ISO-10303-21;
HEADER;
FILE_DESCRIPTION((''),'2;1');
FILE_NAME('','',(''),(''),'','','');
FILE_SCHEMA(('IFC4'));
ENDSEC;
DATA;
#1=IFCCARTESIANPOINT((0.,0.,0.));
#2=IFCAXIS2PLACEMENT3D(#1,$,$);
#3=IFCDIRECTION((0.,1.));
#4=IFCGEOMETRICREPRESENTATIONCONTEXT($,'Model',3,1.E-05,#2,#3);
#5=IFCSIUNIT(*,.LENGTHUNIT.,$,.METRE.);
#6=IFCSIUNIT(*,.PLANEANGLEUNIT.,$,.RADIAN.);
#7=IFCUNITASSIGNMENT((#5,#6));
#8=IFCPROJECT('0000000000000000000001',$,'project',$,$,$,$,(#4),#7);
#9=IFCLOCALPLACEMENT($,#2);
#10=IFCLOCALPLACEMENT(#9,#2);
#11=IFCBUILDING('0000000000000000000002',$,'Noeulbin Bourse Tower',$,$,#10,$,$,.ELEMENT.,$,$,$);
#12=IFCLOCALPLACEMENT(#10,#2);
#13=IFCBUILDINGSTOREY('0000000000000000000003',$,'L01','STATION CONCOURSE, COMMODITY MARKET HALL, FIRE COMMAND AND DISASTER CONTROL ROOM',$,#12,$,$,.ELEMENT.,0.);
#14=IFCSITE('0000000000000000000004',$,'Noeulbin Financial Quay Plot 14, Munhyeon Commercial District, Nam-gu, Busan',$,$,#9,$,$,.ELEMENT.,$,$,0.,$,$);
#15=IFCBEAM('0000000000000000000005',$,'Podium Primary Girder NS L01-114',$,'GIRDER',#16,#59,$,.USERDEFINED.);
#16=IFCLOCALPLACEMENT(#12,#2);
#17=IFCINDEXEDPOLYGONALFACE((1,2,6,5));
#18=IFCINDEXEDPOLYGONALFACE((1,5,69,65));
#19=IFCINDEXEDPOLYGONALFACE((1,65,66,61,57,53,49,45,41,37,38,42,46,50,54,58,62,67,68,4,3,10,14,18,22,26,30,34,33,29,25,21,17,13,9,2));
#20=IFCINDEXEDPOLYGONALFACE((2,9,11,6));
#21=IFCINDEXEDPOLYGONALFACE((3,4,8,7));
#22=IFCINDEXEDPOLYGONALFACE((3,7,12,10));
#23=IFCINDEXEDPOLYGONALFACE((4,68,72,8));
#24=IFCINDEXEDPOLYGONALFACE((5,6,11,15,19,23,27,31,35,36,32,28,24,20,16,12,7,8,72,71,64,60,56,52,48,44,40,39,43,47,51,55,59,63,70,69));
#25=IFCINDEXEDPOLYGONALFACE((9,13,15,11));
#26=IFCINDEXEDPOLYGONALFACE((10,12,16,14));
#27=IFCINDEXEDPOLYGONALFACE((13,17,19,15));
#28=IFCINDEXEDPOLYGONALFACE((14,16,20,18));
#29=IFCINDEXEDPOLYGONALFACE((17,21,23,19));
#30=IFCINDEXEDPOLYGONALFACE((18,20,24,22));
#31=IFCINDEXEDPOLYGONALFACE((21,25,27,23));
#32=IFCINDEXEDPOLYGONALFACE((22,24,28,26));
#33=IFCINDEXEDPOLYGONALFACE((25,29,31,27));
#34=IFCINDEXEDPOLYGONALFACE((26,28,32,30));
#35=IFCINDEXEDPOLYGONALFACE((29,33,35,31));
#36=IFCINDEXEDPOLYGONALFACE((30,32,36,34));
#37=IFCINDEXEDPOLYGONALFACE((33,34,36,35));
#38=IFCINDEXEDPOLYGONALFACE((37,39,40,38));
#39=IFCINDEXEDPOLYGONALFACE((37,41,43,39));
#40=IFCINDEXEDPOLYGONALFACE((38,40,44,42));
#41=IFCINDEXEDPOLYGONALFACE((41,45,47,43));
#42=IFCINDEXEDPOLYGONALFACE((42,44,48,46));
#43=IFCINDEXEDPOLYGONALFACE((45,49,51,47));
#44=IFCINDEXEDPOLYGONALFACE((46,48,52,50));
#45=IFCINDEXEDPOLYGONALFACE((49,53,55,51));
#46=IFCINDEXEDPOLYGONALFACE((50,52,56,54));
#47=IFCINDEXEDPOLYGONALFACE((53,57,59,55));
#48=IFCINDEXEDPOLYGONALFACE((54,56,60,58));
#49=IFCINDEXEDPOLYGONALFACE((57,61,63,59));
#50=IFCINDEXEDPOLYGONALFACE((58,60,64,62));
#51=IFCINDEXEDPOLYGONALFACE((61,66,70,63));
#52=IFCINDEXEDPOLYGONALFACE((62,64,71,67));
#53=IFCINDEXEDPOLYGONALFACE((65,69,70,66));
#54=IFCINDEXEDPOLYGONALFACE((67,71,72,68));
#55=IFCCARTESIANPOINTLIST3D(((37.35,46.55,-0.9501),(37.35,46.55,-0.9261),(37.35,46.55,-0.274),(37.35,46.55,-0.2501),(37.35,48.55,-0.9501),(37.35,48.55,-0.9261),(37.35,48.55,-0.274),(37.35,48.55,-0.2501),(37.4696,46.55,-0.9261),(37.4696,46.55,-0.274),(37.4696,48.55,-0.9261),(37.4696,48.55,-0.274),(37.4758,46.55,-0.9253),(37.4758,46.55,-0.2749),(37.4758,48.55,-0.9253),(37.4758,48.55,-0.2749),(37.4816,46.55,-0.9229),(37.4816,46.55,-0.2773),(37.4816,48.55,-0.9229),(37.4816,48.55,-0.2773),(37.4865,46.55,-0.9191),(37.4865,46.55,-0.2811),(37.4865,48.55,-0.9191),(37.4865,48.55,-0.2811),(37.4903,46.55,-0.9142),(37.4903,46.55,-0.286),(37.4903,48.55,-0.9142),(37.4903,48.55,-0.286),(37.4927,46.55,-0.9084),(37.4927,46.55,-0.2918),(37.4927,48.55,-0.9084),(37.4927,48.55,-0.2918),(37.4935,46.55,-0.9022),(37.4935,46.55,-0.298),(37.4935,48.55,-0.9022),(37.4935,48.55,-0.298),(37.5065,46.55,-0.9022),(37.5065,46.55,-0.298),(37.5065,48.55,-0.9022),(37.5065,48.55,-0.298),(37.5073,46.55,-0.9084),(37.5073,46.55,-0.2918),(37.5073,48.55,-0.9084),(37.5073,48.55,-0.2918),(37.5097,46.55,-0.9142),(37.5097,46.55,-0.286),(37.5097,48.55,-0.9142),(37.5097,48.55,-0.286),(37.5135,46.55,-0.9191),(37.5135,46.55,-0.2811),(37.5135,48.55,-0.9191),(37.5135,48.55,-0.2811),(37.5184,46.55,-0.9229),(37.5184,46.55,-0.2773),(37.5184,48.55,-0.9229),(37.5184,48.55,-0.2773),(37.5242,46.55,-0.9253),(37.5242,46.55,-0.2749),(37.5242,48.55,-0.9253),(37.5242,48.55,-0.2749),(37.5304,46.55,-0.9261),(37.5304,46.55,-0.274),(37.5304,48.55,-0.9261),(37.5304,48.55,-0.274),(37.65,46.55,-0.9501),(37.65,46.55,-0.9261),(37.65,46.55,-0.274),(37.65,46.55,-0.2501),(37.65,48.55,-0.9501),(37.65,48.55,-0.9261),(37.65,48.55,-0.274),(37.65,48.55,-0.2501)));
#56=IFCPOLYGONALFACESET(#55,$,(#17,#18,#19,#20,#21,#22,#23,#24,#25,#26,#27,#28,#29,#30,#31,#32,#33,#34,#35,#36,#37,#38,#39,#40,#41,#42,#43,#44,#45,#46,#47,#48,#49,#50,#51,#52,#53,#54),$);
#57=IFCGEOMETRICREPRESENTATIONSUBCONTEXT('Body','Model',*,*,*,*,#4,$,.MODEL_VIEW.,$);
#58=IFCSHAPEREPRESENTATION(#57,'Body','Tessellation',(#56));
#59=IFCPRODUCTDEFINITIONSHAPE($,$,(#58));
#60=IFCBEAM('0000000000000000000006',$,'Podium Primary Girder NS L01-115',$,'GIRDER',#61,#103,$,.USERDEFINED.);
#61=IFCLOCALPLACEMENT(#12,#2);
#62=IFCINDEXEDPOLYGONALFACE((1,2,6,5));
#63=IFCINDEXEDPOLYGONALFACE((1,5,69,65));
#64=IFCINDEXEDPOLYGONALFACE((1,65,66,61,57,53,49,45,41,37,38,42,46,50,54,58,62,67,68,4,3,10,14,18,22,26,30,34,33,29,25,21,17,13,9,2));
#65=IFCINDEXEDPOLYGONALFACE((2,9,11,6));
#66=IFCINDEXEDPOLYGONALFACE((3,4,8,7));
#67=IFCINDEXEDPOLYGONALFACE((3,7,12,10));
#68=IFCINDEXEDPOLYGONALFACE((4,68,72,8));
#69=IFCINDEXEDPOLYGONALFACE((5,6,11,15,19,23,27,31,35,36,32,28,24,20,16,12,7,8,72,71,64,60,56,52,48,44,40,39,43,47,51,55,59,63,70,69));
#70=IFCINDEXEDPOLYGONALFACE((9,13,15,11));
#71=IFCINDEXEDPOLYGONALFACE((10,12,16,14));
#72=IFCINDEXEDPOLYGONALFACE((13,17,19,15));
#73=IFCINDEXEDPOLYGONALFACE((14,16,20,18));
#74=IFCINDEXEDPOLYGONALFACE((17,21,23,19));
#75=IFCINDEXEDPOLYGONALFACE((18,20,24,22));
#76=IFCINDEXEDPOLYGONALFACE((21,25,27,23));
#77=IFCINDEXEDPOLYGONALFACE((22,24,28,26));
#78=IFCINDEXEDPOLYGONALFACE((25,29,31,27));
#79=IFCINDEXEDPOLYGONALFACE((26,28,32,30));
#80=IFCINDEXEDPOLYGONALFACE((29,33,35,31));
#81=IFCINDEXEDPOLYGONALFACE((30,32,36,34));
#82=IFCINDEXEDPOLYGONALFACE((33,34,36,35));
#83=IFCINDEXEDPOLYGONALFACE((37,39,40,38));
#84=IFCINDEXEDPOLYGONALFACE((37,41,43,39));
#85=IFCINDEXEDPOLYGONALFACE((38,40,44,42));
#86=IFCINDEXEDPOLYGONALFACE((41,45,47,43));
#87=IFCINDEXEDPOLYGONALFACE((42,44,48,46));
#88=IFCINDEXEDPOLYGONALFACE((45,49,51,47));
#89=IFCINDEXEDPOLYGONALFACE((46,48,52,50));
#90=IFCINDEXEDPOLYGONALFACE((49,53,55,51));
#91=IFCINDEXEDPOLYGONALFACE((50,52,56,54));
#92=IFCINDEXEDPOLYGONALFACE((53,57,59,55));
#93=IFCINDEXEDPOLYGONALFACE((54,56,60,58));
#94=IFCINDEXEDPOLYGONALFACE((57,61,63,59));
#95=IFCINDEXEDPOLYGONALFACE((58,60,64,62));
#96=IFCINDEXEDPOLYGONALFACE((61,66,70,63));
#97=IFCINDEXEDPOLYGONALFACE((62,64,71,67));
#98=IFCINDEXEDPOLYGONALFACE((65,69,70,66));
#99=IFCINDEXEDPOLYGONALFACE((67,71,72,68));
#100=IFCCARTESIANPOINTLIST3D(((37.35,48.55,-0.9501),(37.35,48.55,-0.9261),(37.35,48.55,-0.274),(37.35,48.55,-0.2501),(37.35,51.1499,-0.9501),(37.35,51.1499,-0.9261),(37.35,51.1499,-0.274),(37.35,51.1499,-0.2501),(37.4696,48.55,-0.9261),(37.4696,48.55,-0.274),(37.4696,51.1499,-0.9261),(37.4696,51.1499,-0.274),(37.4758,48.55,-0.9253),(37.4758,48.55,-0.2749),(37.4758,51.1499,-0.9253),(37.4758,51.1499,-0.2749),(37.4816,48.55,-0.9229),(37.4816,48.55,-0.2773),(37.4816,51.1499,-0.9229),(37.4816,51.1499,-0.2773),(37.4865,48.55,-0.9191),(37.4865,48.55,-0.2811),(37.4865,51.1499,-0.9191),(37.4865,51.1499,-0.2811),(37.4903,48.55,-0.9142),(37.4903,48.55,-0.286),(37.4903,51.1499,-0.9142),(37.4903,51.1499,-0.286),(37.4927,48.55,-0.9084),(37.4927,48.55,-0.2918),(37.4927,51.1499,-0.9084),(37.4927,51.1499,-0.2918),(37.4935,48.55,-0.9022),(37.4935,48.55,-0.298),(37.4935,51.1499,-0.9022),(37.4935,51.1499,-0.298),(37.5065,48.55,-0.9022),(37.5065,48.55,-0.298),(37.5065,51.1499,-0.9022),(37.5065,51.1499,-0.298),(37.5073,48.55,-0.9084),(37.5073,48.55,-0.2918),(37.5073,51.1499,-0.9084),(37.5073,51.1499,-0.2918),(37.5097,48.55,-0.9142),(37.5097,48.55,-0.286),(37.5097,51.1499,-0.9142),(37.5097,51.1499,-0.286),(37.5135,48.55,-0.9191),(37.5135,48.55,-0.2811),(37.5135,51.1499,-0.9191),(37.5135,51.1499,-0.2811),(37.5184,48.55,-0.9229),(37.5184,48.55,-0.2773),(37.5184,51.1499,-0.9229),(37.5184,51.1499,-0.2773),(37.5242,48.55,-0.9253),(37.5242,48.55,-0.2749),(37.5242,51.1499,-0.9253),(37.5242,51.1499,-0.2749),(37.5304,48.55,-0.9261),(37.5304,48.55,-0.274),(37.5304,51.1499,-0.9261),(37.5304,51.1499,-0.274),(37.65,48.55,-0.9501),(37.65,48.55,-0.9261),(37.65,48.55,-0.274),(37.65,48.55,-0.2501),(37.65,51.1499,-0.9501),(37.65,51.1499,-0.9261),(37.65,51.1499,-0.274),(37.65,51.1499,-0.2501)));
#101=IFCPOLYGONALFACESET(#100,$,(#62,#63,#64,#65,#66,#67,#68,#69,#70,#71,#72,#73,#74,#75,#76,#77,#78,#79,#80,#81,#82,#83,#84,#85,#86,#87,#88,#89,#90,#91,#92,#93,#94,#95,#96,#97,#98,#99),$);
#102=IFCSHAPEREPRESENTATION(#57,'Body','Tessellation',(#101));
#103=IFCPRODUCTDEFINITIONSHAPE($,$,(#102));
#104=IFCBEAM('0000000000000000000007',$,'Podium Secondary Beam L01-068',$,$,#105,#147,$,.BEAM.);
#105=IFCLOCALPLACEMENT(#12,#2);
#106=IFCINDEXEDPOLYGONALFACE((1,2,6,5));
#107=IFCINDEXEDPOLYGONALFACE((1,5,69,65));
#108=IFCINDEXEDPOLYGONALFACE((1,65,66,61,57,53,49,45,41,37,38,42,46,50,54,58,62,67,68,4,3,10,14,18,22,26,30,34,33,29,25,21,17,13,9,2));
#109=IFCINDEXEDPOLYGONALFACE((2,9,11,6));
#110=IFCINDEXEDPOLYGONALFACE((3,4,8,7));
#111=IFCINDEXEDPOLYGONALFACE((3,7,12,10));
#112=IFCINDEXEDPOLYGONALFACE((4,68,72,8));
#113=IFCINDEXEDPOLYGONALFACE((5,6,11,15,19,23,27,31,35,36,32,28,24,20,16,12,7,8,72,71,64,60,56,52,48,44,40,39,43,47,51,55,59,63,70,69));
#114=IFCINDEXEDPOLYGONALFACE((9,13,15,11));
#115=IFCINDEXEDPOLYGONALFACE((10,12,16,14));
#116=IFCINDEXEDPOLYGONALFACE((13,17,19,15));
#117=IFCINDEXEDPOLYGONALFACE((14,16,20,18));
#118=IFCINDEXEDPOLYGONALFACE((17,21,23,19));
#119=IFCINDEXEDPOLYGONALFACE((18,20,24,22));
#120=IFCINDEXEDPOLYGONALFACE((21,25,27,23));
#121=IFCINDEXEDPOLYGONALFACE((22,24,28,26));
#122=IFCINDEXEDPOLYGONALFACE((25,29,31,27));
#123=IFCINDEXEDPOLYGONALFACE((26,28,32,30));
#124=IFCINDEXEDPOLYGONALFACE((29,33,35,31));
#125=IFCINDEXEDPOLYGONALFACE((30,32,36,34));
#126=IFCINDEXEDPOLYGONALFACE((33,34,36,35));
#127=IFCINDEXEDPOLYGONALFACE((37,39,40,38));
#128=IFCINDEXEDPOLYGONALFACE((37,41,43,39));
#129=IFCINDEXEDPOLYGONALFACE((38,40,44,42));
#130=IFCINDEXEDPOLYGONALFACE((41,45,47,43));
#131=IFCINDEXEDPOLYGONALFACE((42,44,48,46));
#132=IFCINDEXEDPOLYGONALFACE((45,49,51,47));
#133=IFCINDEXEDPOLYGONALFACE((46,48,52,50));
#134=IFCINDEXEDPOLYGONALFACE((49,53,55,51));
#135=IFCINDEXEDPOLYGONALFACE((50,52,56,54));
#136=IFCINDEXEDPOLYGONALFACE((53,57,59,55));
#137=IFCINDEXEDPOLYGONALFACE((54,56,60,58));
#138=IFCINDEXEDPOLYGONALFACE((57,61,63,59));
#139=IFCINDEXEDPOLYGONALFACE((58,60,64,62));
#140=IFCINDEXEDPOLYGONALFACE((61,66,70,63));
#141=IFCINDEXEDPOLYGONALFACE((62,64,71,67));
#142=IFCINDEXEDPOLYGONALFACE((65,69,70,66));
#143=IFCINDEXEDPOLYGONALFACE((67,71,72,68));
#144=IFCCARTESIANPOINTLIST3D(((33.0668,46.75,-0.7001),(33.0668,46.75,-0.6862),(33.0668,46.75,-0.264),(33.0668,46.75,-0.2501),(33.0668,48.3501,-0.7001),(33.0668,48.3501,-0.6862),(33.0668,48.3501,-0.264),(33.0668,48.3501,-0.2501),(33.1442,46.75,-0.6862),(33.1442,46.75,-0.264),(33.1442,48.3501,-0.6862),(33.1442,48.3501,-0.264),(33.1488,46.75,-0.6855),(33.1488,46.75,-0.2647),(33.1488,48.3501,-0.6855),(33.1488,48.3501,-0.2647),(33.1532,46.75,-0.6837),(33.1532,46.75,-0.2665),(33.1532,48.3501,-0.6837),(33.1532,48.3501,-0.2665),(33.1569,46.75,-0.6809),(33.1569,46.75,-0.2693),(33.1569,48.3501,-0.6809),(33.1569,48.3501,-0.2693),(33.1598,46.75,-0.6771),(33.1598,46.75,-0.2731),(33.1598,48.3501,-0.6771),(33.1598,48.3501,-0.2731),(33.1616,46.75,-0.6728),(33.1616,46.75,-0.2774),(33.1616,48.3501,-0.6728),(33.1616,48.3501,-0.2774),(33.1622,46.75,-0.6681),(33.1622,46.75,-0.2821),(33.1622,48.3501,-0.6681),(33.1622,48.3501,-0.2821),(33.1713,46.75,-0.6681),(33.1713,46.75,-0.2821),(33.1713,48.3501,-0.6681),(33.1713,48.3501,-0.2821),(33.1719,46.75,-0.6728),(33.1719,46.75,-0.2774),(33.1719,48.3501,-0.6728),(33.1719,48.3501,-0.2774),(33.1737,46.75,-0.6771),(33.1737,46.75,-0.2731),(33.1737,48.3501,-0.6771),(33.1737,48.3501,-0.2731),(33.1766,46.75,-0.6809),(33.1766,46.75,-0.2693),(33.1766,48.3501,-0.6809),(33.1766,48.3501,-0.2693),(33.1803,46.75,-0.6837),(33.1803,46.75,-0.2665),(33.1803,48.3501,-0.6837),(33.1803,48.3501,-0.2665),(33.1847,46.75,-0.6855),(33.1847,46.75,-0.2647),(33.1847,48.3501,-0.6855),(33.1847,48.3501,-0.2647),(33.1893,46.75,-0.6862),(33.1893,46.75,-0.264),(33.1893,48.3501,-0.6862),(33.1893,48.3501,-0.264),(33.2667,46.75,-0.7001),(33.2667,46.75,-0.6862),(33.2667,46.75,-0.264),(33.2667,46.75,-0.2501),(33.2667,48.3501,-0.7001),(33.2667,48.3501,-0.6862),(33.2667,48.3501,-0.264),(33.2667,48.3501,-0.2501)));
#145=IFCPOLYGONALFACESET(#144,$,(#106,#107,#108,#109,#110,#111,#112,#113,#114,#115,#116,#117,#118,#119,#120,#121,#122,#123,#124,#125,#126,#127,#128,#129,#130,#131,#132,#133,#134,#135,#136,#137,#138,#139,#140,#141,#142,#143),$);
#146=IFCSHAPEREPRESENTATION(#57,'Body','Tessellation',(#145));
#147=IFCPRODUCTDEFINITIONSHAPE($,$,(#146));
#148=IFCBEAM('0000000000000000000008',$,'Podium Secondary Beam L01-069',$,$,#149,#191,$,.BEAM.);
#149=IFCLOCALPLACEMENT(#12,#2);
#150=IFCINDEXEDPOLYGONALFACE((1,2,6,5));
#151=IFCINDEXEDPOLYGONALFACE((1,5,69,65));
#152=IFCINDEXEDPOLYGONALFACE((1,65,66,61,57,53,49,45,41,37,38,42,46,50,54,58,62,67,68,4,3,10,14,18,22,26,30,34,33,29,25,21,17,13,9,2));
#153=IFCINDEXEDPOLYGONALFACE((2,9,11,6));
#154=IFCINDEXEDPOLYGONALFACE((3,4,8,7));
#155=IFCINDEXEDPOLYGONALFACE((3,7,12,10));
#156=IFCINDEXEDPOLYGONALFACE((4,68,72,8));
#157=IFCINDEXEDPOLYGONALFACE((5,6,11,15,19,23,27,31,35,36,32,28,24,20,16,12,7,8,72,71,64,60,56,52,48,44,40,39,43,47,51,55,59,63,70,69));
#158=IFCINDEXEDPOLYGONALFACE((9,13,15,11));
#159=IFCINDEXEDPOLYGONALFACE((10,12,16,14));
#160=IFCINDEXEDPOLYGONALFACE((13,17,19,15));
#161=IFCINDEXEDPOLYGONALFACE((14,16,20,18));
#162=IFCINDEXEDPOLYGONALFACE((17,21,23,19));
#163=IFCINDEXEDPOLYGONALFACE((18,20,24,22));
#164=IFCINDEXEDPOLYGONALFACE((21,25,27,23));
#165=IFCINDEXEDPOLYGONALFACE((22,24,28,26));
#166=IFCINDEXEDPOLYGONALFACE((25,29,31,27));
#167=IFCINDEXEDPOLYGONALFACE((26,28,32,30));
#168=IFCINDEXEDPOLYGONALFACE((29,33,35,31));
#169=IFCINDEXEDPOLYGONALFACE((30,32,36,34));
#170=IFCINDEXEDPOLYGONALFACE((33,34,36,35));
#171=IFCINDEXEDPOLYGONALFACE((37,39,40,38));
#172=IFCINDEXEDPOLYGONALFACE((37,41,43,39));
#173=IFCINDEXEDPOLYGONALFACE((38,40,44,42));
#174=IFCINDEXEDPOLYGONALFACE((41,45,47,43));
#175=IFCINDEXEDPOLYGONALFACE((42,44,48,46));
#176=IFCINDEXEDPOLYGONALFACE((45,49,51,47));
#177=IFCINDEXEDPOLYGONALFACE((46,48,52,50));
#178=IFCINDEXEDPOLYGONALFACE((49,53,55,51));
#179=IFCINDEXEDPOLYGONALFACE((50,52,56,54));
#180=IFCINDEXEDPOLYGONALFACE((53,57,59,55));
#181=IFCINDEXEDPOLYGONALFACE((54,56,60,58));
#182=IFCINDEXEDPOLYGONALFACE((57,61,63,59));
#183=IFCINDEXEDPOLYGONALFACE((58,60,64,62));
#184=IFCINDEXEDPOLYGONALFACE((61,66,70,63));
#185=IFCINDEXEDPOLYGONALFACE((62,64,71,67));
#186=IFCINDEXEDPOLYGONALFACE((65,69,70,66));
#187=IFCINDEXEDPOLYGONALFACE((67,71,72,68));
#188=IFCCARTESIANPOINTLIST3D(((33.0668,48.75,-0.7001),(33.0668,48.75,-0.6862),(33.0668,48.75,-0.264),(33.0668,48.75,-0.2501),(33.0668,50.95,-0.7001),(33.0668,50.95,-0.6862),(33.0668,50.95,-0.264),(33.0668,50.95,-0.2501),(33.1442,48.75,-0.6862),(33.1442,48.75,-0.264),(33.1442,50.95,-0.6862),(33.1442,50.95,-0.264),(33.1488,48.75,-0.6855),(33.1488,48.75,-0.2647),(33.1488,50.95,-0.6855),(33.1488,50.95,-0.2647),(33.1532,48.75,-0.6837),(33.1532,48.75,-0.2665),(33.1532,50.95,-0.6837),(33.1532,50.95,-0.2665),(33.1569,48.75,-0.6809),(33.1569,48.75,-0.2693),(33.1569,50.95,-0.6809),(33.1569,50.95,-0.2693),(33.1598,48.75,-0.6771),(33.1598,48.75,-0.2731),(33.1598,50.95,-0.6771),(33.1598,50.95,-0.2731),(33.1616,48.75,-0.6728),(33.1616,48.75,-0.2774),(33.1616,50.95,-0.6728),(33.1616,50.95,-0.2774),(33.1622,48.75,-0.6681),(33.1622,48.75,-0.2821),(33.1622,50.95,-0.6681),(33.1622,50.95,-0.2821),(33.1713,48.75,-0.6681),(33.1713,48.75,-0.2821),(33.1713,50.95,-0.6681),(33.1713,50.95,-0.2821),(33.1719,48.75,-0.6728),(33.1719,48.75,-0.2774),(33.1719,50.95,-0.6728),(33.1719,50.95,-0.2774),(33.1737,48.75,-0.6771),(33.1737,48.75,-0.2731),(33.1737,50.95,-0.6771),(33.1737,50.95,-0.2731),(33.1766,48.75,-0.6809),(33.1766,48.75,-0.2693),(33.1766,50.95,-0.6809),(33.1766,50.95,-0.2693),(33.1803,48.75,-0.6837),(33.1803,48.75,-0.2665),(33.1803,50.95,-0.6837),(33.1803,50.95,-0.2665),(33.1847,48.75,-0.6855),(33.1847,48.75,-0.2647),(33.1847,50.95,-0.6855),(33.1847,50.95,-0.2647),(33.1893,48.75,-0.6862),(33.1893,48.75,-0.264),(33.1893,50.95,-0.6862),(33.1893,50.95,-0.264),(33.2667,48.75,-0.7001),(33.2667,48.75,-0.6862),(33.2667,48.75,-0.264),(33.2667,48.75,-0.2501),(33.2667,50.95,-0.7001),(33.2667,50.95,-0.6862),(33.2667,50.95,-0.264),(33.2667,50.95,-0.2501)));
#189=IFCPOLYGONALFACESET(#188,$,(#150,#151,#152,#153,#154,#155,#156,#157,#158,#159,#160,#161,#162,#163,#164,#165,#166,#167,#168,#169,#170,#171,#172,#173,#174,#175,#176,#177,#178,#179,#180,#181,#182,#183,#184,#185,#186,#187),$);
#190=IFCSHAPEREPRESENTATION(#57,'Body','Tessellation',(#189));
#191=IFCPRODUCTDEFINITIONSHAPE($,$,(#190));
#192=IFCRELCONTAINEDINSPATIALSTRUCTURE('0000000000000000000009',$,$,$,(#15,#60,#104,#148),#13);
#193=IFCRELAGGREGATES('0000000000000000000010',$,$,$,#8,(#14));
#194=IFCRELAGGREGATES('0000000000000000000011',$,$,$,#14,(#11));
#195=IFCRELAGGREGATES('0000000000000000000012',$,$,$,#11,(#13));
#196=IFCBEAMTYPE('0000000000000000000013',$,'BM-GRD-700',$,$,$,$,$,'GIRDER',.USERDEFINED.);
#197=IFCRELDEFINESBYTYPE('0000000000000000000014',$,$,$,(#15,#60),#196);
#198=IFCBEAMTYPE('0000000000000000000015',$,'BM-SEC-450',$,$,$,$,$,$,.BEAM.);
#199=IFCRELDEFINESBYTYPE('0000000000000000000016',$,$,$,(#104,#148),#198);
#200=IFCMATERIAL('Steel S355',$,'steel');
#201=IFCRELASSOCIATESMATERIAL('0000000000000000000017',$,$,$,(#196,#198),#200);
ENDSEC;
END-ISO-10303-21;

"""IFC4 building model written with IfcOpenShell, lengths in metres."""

from ifc_helpers import new_model, si_unit, direction, frame, origin, origin_2d, place, context, subcontext, project, spatial, i_section, extrude, material, material_profile, profile_set, type_object, element, save


model = new_model("IFC4")

# Units and contexts
model_context = context("Model", 3, precision=1e-05, world=origin(), true_north=direction((0.0, 1.0)))
body_context = subcontext(model_context, "Body", "Model", "MODEL_VIEW")
ifc_project = project(units=[si_unit("LENGTHUNIT", "METRE"), si_unit("PLANEANGLEUNIT", "RADIAN")], contexts=[model_context])

# Site, building, storey
site_placement = place(None, origin())
site = spatial("IfcSite", under=ifc_project, at=site_placement, Name="Noeulbin Financial Quay Plot 14, Munhyeon Commercial District, Nam-gu, Busan", CompositionType="ELEMENT", RefElevation=0.0)
building_placement = place(site_placement, origin())
building = spatial("IfcBuilding", under=site, at=building_placement, Name="Noeulbin Bourse Tower", CompositionType="ELEMENT")
storey_placement = place(building_placement, origin())
storey = spatial("IfcBuildingStorey", under=building, at=storey_placement, Name="L01", Description="STATION CONCOURSE, COMMODITY MARKET HALL, FIRE COMMAND AND DISASTER CONTROL ROOM", CompositionType="ELEMENT", Elevation=0.0)

# Beams
ifc_material_1 = material(Name="Steel S355", Category="steel")
ifc_material_profile_1 = material_profile(ifc_material_1, i_section(OverallWidth=0.3, OverallDepth=0.7, WebThickness=0.0129, FlangeThickness=0.0239, FilletRadius=0.0239, at=origin_2d()), Name="H-700x300x13x24", Category="LoadBearing")
ifc_profile_set_1 = profile_set([ifc_material_profile_1], Name="Steel S355")
beam_type_1 = type_object("IfcBeamType", Name="BM-GRD-700", ElementType="GIRDER", PredefinedType="USERDEFINED", material=ifc_profile_set_1)
beam_1_placement = place(storey_placement, frame((37.5, 46.55, -0.6001), z_axis=(0.0, 1.0, 0.0), x_axis=(-1.0, 0.0, 0.0)))
element("IfcBeam", 1, at=beam_1_placement, inside=storey, type_object=beam_type_1, Name="Podium Primary Girder NS L01-114", ObjectType="GIRDER", PredefinedType="USERDEFINED", context=body_context, shape_type="SweptSolid", body=[
    extrude(i_section(OverallWidth=0.3, OverallDepth=0.7, WebThickness=0.0129, FlangeThickness=0.0239, FilletRadius=0.0239, at=origin_2d()), origin(), (0.0, 0.0, 1.0), 2.0),
])
beam_2_placement = place(storey_placement, frame((37.5, 48.55, -0.6001), z_axis=(0.0, 1.0, 0.0), x_axis=(-1.0, 0.0, 0.0)))
element("IfcBeam", 2, at=beam_2_placement, inside=storey, type_object=beam_type_1, Name="Podium Primary Girder NS L01-115", ObjectType="GIRDER", PredefinedType="USERDEFINED", context=body_context, shape_type="SweptSolid", body=[
    extrude(i_section(OverallWidth=0.3, OverallDepth=0.7, WebThickness=0.0129, FlangeThickness=0.0239, FilletRadius=0.0239, at=origin_2d()), origin(), (0.0, 0.0, 1.0), 2.5999),
])
ifc_material_profile_2 = material_profile(ifc_material_1, i_section(OverallWidth=0.2, OverallDepth=0.45, WebThickness=0.009, FlangeThickness=0.0139, FilletRadius=0.0181, at=origin_2d()), Name="H-450x200x9x14", Category="LoadBearing")
ifc_profile_set_2 = profile_set([ifc_material_profile_2], Name="Steel S355")
beam_type_2 = type_object("IfcBeamType", Name="BM-SEC-450", PredefinedType="BEAM", material=ifc_profile_set_2)
beam_3_placement = place(storey_placement, frame((33.1667, 46.75, -0.4751), z_axis=(0.0, 1.0, 0.0), x_axis=(-1.0, 0.0, 0.0)))
element("IfcBeam", 3, at=beam_3_placement, inside=storey, type_object=beam_type_2, Name="Podium Secondary Beam L01-068", PredefinedType="BEAM", context=body_context, shape_type="SweptSolid", body=[
    extrude(i_section(OverallWidth=0.2, OverallDepth=0.45, WebThickness=0.009, FlangeThickness=0.0139, FilletRadius=0.0181, at=origin_2d()), origin(), (0.0, 0.0, 1.0), 1.6001),
])
beam_4_placement = place(storey_placement, frame((33.1667, 48.75, -0.4751), z_axis=(0.0, 1.0, 0.0), x_axis=(-1.0, 0.0, 0.0)))
element("IfcBeam", 4, at=beam_4_placement, inside=storey, type_object=beam_type_2, Name="Podium Secondary Beam L01-069", PredefinedType="BEAM", context=body_context, shape_type="SweptSolid", body=[
    extrude(i_section(OverallWidth=0.2, OverallDepth=0.45, WebThickness=0.009, FlangeThickness=0.0139, FilletRadius=0.0181, at=origin_2d()), origin(), (0.0, 0.0, 1.0), 2.2),
])

save(model, "model.ifc")
